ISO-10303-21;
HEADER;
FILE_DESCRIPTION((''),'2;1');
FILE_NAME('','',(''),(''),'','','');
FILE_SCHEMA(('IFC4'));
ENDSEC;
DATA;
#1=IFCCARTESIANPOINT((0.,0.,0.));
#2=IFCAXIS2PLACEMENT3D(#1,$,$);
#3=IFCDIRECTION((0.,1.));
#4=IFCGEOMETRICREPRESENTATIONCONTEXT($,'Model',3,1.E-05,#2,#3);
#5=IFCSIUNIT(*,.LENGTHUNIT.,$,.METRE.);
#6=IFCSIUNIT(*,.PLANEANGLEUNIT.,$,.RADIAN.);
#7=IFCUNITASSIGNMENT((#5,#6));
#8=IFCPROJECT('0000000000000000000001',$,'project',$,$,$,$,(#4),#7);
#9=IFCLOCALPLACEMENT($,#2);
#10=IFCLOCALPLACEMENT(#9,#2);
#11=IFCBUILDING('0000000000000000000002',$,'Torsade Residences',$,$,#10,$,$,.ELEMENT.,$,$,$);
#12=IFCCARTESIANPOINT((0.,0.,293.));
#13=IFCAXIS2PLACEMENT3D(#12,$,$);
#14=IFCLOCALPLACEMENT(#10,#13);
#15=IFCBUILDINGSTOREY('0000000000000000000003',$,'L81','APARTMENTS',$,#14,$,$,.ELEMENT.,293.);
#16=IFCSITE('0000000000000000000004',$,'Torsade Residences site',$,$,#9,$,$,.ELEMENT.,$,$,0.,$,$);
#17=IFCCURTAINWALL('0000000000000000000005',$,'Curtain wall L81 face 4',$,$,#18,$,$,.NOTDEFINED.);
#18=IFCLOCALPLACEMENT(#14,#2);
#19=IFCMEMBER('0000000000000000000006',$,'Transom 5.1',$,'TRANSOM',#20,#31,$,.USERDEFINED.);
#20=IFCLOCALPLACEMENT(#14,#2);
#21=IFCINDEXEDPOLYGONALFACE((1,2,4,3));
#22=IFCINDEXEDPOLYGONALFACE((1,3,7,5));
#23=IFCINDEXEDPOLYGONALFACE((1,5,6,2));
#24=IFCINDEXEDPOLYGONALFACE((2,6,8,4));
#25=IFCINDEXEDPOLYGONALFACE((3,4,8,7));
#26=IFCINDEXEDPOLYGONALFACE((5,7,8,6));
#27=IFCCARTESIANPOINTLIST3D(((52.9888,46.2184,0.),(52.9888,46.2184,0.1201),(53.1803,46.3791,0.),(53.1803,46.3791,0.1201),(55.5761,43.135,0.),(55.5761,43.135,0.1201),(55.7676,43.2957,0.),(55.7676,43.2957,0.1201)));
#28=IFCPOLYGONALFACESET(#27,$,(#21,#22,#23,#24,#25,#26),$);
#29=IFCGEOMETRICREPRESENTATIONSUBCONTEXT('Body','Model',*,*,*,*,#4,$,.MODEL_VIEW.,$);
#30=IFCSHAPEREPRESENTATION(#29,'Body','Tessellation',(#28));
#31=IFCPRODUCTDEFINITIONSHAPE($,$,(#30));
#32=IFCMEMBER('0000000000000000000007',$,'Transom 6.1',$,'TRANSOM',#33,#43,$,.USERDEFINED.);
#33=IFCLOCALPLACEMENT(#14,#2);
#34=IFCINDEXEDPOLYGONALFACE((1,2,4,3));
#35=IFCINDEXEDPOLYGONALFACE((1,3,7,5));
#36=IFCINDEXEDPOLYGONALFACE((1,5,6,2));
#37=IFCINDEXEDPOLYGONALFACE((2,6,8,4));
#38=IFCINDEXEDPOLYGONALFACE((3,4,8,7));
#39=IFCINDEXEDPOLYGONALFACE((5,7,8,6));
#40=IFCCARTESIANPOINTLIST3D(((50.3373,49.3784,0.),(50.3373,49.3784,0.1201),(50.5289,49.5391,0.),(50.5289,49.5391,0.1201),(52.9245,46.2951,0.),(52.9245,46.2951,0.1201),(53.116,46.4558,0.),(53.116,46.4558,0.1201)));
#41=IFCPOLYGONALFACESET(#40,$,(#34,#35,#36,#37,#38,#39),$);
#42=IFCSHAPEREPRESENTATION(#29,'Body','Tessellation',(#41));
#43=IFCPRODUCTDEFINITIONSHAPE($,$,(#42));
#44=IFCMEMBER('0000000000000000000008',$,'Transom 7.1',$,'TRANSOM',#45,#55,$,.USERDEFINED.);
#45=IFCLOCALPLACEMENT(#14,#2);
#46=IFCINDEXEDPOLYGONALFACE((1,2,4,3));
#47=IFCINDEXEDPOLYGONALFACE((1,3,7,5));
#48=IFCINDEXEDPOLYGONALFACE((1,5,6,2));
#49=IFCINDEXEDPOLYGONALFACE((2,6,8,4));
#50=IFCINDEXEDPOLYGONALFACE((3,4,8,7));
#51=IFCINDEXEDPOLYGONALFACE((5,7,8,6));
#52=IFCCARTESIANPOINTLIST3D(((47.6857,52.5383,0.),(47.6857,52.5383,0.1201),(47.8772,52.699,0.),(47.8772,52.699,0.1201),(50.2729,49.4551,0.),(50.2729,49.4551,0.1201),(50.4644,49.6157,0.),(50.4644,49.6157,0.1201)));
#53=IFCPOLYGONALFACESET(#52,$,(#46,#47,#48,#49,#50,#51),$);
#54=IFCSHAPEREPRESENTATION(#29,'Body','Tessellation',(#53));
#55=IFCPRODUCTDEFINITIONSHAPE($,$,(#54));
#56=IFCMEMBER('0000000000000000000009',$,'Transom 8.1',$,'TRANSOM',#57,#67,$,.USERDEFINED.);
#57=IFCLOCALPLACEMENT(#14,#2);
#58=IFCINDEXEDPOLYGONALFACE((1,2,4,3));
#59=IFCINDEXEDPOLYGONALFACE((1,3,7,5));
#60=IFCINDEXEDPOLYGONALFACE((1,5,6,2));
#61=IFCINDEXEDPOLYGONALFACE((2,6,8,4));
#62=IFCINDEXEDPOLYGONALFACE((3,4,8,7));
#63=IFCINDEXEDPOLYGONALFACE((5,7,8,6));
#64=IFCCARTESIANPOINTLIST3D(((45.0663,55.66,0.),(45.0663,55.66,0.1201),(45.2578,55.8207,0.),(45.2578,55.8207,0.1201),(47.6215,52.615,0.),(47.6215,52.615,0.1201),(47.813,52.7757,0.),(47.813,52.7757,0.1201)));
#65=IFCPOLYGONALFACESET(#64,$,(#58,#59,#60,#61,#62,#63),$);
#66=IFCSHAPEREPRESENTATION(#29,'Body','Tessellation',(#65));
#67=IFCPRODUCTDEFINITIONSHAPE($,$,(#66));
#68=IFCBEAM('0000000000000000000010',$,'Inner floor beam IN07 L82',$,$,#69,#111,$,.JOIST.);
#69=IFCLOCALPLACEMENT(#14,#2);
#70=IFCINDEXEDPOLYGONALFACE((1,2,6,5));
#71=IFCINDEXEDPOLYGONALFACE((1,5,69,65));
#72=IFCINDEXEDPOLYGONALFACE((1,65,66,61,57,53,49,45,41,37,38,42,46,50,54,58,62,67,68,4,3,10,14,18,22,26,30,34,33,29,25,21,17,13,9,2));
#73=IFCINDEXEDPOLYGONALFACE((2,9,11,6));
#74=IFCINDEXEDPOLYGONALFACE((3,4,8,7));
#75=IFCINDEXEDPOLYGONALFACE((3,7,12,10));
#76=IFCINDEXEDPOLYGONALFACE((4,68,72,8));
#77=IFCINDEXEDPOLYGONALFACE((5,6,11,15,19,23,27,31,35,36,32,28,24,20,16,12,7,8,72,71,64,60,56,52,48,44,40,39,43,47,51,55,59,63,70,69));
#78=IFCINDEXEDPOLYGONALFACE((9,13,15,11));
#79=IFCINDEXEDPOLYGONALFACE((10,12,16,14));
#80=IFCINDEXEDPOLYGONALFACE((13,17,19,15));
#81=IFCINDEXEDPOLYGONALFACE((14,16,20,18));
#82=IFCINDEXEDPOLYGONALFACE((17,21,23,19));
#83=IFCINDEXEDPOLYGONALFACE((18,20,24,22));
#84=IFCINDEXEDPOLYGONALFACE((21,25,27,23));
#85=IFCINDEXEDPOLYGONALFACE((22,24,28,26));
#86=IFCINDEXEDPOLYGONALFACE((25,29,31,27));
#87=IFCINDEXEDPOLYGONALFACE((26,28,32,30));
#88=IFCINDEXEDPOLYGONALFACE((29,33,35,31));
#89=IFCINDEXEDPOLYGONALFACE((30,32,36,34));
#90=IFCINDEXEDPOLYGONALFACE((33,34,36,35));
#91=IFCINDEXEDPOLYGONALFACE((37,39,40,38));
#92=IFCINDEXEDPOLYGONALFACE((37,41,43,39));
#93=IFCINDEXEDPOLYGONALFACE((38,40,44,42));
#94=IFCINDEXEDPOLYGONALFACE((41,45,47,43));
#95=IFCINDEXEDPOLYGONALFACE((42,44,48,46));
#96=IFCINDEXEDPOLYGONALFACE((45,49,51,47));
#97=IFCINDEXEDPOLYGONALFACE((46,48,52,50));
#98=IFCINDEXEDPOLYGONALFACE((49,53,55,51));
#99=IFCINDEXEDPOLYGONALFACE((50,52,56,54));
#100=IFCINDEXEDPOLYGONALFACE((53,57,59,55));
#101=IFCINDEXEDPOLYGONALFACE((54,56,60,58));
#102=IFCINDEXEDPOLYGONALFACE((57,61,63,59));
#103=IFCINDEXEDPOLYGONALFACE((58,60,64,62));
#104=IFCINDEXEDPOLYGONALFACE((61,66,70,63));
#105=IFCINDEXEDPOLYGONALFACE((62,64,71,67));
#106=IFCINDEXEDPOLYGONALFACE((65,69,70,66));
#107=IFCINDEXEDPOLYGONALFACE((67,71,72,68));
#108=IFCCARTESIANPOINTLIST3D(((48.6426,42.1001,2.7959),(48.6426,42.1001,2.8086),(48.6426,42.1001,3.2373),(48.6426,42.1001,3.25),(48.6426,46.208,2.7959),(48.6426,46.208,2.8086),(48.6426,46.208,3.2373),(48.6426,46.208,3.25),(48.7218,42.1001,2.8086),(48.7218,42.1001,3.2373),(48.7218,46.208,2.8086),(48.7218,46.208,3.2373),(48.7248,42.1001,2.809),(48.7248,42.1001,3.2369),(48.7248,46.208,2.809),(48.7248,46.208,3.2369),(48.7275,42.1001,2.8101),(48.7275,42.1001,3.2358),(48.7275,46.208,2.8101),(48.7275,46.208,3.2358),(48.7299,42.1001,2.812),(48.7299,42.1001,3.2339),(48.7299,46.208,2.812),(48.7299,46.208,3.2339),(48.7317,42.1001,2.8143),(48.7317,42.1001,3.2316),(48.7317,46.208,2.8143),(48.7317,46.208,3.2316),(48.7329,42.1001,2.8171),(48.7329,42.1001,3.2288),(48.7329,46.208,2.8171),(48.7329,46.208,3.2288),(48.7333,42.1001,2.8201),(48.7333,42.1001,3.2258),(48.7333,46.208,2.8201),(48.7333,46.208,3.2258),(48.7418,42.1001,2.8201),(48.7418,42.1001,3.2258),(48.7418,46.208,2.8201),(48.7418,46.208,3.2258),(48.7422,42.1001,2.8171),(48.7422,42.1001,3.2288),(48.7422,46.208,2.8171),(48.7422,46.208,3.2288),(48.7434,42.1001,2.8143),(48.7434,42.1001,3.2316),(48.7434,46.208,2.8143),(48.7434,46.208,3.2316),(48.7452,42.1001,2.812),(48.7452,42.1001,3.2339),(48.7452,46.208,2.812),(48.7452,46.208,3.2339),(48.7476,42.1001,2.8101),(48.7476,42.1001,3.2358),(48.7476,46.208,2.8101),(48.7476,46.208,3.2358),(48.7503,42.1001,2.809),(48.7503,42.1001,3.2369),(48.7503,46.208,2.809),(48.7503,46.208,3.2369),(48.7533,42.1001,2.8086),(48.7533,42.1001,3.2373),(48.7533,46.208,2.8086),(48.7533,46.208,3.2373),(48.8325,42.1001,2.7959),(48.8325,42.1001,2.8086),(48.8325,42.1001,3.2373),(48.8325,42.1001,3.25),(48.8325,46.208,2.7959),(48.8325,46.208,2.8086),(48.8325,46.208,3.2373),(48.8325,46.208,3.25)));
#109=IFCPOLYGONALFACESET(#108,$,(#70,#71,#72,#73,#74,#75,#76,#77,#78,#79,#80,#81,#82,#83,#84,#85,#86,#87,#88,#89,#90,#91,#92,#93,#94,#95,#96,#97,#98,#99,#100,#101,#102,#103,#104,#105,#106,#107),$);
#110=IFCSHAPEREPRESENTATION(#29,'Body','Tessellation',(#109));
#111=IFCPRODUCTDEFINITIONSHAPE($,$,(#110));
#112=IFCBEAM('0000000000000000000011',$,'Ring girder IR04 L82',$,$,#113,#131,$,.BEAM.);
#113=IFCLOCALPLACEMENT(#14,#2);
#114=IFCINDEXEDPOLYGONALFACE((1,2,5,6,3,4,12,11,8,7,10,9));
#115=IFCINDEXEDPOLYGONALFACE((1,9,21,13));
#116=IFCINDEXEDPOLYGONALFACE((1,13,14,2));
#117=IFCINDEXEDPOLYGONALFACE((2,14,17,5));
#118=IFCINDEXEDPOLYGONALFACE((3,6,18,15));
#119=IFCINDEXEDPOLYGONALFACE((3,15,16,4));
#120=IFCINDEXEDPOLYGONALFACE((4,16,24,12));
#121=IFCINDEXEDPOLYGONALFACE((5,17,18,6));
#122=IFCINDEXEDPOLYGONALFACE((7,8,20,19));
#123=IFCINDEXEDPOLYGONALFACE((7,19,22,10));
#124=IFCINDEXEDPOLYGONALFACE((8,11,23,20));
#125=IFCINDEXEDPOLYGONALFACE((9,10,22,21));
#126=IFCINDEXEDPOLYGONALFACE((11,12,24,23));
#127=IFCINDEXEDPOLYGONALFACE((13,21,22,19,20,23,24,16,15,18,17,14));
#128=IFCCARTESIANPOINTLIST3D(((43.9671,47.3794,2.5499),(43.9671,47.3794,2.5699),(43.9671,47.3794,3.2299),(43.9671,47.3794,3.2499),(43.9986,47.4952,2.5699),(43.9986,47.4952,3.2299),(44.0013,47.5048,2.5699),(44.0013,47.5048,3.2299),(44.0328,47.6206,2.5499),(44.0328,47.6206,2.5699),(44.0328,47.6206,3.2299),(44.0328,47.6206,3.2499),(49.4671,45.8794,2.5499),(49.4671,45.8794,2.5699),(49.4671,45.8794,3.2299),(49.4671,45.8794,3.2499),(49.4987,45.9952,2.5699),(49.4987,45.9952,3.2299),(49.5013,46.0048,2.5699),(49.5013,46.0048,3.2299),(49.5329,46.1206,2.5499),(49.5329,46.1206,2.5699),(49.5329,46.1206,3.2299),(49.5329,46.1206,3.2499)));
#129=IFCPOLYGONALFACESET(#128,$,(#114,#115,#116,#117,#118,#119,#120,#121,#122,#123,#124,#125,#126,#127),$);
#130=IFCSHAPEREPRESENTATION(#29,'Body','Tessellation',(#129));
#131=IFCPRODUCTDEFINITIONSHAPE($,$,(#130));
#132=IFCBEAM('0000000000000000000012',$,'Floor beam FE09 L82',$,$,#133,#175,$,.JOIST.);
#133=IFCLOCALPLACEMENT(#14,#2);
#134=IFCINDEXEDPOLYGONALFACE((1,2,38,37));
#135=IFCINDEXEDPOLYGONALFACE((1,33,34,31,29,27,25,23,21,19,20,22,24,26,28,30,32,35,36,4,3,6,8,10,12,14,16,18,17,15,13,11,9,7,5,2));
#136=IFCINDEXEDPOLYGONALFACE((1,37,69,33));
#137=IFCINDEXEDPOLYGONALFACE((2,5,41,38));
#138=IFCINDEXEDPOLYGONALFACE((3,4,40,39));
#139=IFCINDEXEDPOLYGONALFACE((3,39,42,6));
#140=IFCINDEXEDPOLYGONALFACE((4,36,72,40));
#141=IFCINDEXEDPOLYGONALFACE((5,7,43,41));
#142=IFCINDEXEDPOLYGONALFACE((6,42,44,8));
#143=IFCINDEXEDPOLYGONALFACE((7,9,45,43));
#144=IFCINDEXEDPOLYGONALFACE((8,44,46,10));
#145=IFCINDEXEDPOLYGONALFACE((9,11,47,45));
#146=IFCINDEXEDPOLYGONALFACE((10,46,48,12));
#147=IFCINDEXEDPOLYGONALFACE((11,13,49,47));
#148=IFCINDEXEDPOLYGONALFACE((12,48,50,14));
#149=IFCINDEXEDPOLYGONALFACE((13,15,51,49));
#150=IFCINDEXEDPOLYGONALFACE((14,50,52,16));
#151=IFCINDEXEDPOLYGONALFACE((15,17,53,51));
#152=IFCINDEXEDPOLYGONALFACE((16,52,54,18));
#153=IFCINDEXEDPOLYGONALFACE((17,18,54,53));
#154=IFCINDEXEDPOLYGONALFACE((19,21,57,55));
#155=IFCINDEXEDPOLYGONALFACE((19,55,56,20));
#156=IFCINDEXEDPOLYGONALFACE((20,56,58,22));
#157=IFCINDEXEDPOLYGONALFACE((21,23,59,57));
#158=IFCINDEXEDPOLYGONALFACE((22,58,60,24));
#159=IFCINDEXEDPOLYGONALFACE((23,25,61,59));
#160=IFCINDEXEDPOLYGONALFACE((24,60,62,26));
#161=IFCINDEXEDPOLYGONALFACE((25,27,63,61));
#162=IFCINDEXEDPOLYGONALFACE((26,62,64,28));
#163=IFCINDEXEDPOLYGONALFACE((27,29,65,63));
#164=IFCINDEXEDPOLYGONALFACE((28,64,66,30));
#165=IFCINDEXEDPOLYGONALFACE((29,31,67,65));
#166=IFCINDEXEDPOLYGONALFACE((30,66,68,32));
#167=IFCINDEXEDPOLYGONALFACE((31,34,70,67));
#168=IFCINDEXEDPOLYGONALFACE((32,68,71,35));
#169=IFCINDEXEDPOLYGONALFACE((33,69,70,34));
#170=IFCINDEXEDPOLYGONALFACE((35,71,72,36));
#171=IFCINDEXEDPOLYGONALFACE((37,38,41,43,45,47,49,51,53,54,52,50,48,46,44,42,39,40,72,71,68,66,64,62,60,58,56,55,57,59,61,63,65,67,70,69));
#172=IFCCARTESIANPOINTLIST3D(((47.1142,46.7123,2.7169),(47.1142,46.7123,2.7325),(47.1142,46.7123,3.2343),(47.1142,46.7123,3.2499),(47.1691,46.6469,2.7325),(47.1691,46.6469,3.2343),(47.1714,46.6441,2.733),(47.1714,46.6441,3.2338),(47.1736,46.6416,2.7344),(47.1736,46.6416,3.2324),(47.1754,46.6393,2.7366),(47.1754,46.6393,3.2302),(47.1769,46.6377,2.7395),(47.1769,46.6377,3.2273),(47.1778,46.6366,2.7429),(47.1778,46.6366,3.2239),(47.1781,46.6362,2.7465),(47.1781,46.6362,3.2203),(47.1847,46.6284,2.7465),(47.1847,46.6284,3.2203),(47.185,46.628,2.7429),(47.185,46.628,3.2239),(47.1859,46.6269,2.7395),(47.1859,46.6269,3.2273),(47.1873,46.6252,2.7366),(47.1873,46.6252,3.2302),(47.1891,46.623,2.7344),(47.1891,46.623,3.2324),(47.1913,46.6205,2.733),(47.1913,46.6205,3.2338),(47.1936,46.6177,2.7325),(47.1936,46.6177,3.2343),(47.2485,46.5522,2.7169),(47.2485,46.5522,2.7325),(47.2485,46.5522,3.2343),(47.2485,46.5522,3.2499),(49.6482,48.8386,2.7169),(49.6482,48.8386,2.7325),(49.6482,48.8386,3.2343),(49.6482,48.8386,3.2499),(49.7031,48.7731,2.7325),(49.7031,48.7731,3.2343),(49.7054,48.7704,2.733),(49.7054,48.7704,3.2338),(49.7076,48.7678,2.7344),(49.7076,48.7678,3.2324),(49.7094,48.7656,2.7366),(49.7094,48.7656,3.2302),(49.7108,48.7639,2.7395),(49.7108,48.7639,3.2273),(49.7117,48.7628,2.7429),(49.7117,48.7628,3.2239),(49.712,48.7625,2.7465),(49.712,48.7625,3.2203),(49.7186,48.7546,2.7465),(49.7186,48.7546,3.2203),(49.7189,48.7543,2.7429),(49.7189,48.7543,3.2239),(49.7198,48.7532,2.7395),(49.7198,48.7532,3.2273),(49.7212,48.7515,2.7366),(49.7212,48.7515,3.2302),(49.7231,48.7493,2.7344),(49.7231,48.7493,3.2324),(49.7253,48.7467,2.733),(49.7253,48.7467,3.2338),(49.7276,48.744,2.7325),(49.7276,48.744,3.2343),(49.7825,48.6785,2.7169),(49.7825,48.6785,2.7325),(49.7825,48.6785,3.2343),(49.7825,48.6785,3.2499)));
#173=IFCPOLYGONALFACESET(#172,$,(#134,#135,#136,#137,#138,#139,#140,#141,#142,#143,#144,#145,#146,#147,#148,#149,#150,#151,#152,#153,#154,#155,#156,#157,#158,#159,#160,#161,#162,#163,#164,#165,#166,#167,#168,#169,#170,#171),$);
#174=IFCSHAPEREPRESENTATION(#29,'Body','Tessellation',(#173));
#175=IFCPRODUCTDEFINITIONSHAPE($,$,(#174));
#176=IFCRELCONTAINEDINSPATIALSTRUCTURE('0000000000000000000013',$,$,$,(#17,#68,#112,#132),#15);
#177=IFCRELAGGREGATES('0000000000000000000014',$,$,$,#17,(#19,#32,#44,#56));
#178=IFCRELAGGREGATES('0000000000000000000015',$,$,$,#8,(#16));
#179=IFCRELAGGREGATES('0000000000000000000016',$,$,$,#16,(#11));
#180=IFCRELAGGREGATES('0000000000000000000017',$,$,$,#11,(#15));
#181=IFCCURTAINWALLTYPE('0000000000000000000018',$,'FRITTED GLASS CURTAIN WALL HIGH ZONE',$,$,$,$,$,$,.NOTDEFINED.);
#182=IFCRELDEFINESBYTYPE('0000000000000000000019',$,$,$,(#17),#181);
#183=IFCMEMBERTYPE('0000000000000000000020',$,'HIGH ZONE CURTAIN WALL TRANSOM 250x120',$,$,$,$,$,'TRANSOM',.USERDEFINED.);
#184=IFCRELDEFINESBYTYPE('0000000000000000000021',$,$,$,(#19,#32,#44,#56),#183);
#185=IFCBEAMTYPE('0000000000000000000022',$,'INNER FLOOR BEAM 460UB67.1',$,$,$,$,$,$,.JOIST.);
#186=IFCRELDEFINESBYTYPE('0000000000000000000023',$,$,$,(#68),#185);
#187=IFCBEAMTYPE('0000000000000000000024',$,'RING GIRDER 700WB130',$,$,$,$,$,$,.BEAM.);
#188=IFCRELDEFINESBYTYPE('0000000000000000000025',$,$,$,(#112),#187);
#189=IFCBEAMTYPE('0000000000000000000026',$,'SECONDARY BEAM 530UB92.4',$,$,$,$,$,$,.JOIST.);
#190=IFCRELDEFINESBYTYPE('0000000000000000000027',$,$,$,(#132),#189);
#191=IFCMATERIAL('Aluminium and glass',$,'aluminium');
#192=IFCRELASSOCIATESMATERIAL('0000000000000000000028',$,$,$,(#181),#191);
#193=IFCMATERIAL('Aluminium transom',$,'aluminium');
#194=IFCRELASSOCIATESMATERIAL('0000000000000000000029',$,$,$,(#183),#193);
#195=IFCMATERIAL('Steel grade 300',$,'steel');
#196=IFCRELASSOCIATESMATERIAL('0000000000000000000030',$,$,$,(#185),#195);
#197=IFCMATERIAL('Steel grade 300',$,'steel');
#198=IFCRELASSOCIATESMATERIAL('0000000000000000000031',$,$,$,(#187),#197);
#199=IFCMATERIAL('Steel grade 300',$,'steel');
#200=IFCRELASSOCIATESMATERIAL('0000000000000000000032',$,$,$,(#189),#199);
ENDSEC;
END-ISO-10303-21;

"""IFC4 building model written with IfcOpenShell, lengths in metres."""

from ifc_helpers import new_model, si_unit, direction, frame, origin, origin_2d, place, context, subcontext, project, spatial, rectangle, i_section, extrude, material, material_profile, profile_set, type_object, element, aggregate, save


model = new_model("IFC4")

# Units and contexts
model_context = context("Model", 3, precision=1e-05, world=origin(), true_north=direction((0.0, 1.0)))
body_context = subcontext(model_context, "Body", "Model", "MODEL_VIEW")
ifc_project = project(units=[si_unit("LENGTHUNIT", "METRE"), si_unit("PLANEANGLEUNIT", "RADIAN")], contexts=[model_context])

# Site, building, storey
site_placement = place(None, origin())
site = spatial("IfcSite", under=ifc_project, at=site_placement, Name="Torsade Residences site", CompositionType="ELEMENT", RefElevation=0.0)
building_placement = place(site_placement, origin())
building = spatial("IfcBuilding", under=site, at=building_placement, Name="Torsade Residences", CompositionType="ELEMENT")
storey_placement = place(building_placement, frame((0.0, 0.0, 293.0)))
storey = spatial("IfcBuildingStorey", under=building, at=storey_placement, Name="L81", Description="APARTMENTS", CompositionType="ELEMENT", Elevation=293.0)

# Curtain wall, members
ifc_material_1 = material(Name="Aluminium and glass", Category="aluminium")
curtain_wall_type = type_object("IfcCurtainWallType", Name="FRITTED GLASS CURTAIN WALL HIGH ZONE", PredefinedType="NOTDEFINED", material=ifc_material_1)
curtain_wall_placement = place(storey_placement, origin())
curtain_wall = element("IfcCurtainWall", 1, at=curtain_wall_placement, inside=storey, type_object=curtain_wall_type, Name="Curtain wall L81 face 4", PredefinedType="NOTDEFINED")
ifc_material_2 = material(Name="Aluminium transom", Category="aluminium")
ifc_material_profile_1 = material_profile(ifc_material_2, rectangle(XDim=0.25, YDim=0.1201, at=origin_2d()), Name="HIGH ZONE CURTAIN WALL TRANSOM 250x120")
ifc_profile_set_1 = profile_set([ifc_material_profile_1], Name="Aluminium transom")
member_type_1 = type_object("IfcMemberType", Name="HIGH ZONE CURTAIN WALL TRANSOM 250x120", ElementType="TRANSOM", PredefinedType="USERDEFINED", material=ifc_profile_set_1)
member_1_placement = place(storey_placement, frame((55.6719, 43.2153, 0.0601), z_axis=(-0.642794, 0.766039, 0.0), x_axis=(-0.766039, -0.642794, 0.0)))
member_1 = element("IfcMember", 2, at=member_1_placement, type_object=member_type_1, Name="Transom 5.1", ObjectType="TRANSOM", PredefinedType="USERDEFINED", context=body_context, shape_type="SweptSolid", body=[
    extrude(rectangle(XDim=0.25, YDim=0.1201, at=origin_2d()), origin(), (0.0, 0.0, 1.0), 4.0251),
])
member_2_placement = place(storey_placement, frame((53.0203, 46.3755, 0.0601), z_axis=(-0.642788, 0.766044, 0.0), x_axis=(-0.766044, -0.642788, 0.0)))
member_2 = element("IfcMember", 3, at=member_2_placement, type_object=member_type_1, Name="Transom 6.1", ObjectType="TRANSOM", PredefinedType="USERDEFINED", context=body_context, shape_type="SweptSolid", body=[
    extrude(rectangle(XDim=0.25, YDim=0.1201, at=origin_2d()), origin(), (0.0, 0.0, 1.0), 4.0249),
])
member_3_placement = place(storey_placement, frame((50.3687, 49.5354, 0.0601), z_axis=(-0.642788, 0.766044, 0.0), x_axis=(-0.766044, -0.642788, 0.0)))
member_3 = element("IfcMember", 4, at=member_3_placement, type_object=member_type_1, Name="Transom 7.1", ObjectType="TRANSOM", PredefinedType="USERDEFINED", context=body_context, shape_type="SweptSolid", body=[
    extrude(rectangle(XDim=0.25, YDim=0.1201, at=origin_2d()), origin(), (0.0, 0.0, 1.0), 4.0249),
])
member_4_placement = place(storey_placement, frame((47.7173, 52.6953, 0.0601), z_axis=(-0.642815, 0.766022, 0.0), x_axis=(-0.766022, -0.642815, 0.0)))
member_4 = element("IfcMember", 5, at=member_4_placement, type_object=member_type_1, Name="Transom 8.1", ObjectType="TRANSOM", PredefinedType="USERDEFINED", context=body_context, shape_type="SweptSolid", body=[
    extrude(rectangle(XDim=0.25, YDim=0.1201, at=origin_2d()), origin(), (0.0, 0.0, 1.0), 3.9751),
])

# Beams
ifc_material_3 = material(Name="Steel grade 300", Category="steel")
ifc_material_profile_2 = material_profile(ifc_material_3, i_section(OverallWidth=0.1899, OverallDepth=0.4541, WebThickness=0.0085, FlangeThickness=0.0127, FilletRadius=0.0115, at=origin_2d()), Name="460UB67.1")
ifc_profile_set_2 = profile_set([ifc_material_profile_2], Name="Steel grade 300")
beam_type_1 = type_object("IfcBeamType", Name="INNER FLOOR BEAM 460UB67.1", PredefinedType="JOIST", material=ifc_profile_set_2)
beam_1_placement = place(storey_placement, frame((48.7375, 42.1001, 3.0229), z_axis=(0.0, 1.0, 0.0), x_axis=(-1.0, 0.0, 0.0)))
element("IfcBeam", 6, at=beam_1_placement, inside=storey, type_object=beam_type_1, Name="Inner floor beam IN07 L82", PredefinedType="JOIST", context=body_context, shape_type="SweptSolid", body=[
    extrude(i_section(OverallWidth=0.1899, OverallDepth=0.4541, WebThickness=0.0085, FlangeThickness=0.0127, FilletRadius=0.0115, at=origin_2d()), origin(), (0.0, 0.0, 1.0), 4.1079),
])
ifc_material_4 = material(Name="Steel grade 300", Category="steel")
ifc_material_profile_3 = material_profile(ifc_material_4, i_section(OverallWidth=0.25, OverallDepth=0.7, WebThickness=0.01, FlangeThickness=0.02, at=origin_2d()), Name="700WB130")
ifc_profile_set_3 = profile_set([ifc_material_profile_3], Name="Steel grade 300")
beam_type_2 = type_object("IfcBeamType", Name="RING GIRDER 700WB130", PredefinedType="BEAM", material=ifc_profile_set_3)
beam_2_placement = place(storey_placement, frame((49.5, 46.0, 2.8999), z_axis=(-0.964764, 0.263117, 0.0), x_axis=(-0.263117, -0.964764, 0.0)))
element("IfcBeam", 7, at=beam_2_placement, inside=storey, type_object=beam_type_2, Name="Ring girder IR04 L82", PredefinedType="BEAM", context=body_context, shape_type="SweptSolid", body=[
    extrude(i_section(OverallWidth=0.25, OverallDepth=0.7, WebThickness=0.01, FlangeThickness=0.02, at=origin_2d()), origin(), (0.0, 0.0, 1.0), 5.7009),
])
ifc_material_5 = material(Name="Steel grade 300", Category="steel")
ifc_material_profile_4 = material_profile(ifc_material_5, i_section(OverallWidth=0.209, OverallDepth=0.533, WebThickness=0.0103, FlangeThickness=0.0156, FilletRadius=0.0139, at=origin_2d()), Name="530UB92.4")
ifc_profile_set_4 = profile_set([ifc_material_profile_4], Name="Steel grade 300")
beam_type_3 = type_object("IfcBeamType", Name="SECONDARY BEAM 530UB92.4", PredefinedType="JOIST", material=ifc_profile_set_4)
beam_3_placement = place(storey_placement, frame((49.7153, 48.7585, 2.9834), z_axis=(-0.766045, -0.642787, 0.0), x_axis=(0.642787, -0.766045, 0.0)))
element("IfcBeam", 8, at=beam_3_placement, inside=storey, type_object=beam_type_3, Name="Floor beam FE09 L82", PredefinedType="JOIST", context=body_context, shape_type="SweptSolid", body=[
    extrude(i_section(OverallWidth=0.209, OverallDepth=0.533, WebThickness=0.0103, FlangeThickness=0.0156, FilletRadius=0.0139, at=origin_2d()), origin(), (0.0, 0.0, 1.0), 3.3079),
])

aggregate(curtain_wall, [member_1, member_2, member_3, member_4])

save(model, "model.ifc")
